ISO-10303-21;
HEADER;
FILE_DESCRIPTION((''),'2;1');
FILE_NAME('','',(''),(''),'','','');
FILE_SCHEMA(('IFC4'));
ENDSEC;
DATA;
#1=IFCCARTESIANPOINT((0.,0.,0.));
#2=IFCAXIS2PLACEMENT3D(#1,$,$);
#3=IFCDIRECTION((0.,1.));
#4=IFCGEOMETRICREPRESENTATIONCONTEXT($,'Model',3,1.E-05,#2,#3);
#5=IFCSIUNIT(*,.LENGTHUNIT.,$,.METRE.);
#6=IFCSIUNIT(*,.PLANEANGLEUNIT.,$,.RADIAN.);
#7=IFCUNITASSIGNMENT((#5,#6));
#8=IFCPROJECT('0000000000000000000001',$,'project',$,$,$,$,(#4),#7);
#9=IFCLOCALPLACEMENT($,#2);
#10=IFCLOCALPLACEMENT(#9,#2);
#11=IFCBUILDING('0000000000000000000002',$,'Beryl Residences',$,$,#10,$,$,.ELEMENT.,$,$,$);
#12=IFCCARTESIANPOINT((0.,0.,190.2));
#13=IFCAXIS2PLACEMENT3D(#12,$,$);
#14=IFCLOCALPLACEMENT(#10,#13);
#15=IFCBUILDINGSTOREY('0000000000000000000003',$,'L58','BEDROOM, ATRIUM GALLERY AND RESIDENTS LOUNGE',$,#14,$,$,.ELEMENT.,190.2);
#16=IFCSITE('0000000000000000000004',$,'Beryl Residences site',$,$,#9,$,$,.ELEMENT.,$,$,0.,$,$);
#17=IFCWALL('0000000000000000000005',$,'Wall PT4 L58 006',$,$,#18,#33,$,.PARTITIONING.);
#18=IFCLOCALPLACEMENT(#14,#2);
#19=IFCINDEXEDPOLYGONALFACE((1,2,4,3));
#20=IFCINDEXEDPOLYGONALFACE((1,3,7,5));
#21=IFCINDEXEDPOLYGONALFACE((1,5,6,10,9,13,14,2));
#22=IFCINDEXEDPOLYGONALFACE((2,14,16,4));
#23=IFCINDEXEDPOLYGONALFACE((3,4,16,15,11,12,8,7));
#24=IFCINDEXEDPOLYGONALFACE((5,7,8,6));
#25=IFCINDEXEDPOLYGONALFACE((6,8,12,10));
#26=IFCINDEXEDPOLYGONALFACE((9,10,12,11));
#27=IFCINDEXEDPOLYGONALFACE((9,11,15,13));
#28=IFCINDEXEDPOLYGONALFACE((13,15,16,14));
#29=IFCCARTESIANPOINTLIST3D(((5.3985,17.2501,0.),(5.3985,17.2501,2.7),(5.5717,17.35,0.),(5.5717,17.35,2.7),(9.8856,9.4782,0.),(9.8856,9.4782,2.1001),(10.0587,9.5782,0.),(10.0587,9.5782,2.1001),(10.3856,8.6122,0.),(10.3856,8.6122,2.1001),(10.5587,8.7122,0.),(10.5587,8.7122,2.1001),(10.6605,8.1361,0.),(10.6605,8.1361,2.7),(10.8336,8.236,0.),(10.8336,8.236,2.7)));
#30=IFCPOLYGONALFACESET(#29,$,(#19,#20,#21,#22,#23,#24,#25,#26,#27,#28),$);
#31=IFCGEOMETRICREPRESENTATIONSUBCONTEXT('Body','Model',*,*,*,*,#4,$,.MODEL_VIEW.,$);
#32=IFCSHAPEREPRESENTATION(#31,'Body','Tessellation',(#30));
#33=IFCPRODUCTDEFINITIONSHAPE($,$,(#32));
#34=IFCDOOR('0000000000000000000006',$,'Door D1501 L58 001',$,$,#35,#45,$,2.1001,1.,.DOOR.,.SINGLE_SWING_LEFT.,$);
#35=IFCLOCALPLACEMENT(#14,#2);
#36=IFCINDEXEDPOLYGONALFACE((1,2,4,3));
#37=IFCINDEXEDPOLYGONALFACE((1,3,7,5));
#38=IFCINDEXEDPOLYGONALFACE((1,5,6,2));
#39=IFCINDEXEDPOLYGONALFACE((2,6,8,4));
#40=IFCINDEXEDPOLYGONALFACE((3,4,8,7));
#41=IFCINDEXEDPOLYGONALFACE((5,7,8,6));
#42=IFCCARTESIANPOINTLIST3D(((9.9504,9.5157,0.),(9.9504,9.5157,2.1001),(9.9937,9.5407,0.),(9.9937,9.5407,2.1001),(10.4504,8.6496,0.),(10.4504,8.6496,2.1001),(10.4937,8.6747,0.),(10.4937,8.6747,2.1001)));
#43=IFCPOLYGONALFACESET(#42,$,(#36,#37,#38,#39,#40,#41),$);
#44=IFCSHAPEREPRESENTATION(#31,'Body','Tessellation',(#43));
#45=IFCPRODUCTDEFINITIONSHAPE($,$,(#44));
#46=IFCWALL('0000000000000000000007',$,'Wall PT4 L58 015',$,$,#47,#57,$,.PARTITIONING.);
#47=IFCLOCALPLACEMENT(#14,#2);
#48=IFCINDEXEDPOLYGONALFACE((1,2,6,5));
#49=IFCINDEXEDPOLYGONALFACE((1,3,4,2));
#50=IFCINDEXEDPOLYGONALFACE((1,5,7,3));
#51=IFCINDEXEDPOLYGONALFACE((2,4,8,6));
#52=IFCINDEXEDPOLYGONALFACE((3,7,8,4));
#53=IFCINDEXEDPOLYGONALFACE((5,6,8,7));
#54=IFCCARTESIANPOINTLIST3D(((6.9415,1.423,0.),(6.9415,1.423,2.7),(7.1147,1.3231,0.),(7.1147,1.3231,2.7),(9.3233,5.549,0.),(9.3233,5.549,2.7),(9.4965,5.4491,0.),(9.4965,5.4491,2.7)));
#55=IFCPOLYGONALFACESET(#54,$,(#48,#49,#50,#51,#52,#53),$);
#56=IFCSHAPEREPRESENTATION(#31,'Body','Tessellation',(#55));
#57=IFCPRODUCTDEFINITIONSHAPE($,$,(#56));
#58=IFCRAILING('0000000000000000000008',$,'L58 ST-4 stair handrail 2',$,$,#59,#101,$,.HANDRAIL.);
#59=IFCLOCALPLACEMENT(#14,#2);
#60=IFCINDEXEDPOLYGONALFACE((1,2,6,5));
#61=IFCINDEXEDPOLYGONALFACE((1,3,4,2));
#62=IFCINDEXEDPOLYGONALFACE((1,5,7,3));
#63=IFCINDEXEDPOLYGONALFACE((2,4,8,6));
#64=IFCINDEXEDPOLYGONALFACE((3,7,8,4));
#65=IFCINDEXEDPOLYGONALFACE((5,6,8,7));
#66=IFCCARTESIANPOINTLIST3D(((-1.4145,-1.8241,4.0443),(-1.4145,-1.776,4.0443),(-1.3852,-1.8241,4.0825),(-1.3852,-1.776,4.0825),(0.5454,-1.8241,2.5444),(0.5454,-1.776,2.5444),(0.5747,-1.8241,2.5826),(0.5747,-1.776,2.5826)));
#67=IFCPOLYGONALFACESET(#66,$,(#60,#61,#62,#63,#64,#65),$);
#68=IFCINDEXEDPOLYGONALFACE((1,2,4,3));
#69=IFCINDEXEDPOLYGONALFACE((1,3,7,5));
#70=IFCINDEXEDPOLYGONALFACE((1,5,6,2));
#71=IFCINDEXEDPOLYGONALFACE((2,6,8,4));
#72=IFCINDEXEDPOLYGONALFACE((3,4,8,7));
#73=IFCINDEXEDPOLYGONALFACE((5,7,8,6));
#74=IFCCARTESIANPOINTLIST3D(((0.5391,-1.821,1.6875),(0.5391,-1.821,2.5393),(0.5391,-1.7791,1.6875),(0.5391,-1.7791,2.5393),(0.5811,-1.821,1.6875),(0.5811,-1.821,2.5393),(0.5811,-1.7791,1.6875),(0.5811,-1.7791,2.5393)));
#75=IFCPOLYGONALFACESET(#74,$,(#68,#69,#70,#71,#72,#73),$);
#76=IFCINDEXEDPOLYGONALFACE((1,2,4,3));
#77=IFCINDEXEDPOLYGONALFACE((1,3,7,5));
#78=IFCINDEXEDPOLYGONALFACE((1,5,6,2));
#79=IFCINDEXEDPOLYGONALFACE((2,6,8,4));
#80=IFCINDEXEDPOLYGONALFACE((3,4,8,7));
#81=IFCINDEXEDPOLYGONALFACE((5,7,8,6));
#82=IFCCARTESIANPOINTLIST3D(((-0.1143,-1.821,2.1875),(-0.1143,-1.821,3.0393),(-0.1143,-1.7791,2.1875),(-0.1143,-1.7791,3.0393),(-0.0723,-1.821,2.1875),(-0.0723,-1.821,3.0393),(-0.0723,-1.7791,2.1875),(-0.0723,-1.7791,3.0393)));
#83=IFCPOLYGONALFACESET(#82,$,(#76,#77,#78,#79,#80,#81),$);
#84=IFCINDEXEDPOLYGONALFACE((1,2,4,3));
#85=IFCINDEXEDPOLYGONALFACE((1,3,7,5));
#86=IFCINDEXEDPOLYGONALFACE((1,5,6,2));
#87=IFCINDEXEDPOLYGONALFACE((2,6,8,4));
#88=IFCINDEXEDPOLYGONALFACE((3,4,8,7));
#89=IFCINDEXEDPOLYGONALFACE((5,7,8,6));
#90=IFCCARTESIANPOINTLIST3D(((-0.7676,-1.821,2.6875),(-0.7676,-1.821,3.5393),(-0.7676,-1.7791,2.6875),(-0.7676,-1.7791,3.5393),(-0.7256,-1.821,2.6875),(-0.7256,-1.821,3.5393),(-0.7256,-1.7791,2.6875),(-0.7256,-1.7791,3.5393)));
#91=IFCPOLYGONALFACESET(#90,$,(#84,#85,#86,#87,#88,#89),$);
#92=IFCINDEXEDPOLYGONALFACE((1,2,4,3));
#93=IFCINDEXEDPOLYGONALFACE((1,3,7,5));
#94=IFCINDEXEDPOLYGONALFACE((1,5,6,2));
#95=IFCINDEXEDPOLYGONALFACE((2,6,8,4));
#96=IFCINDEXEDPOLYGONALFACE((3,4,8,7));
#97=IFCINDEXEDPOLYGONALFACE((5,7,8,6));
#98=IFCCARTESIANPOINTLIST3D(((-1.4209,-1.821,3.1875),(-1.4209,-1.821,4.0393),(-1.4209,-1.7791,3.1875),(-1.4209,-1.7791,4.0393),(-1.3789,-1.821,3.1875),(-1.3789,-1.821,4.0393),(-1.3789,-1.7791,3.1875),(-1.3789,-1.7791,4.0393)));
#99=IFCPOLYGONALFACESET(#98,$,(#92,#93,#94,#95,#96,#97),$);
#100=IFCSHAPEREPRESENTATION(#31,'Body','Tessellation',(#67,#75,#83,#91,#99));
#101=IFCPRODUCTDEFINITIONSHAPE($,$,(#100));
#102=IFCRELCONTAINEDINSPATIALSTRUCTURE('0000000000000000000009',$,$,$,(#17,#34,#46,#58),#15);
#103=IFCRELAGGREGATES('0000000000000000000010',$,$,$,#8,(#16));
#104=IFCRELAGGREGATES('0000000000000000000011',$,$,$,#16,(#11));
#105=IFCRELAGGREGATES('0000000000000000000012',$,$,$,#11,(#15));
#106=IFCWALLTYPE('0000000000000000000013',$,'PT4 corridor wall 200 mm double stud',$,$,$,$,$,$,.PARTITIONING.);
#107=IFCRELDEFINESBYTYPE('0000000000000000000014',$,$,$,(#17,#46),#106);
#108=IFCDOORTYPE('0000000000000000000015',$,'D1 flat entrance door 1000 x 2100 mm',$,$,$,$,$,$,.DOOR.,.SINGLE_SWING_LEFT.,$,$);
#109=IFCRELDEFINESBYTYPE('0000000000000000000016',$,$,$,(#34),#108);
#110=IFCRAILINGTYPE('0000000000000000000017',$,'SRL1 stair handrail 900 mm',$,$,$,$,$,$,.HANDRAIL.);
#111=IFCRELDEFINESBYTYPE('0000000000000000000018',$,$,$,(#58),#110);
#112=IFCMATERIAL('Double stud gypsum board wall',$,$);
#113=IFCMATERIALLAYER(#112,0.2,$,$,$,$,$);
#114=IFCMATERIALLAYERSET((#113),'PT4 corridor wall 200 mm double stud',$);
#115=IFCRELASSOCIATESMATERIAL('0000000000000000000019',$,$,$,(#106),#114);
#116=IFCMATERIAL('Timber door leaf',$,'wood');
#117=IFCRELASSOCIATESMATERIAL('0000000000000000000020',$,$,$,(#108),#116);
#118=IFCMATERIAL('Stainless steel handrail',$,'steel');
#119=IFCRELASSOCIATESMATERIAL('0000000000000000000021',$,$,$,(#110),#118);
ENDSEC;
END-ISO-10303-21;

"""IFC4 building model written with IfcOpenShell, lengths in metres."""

from ifc_helpers import new_model, si_unit, direction, frame, frame_2d, origin, origin_2d, place, context, subcontext, project, spatial, rectangle, extrude, material, layer, layer_set, type_object, element, fill, save


model = new_model("IFC4")

# Units and contexts
model_context = context("Model", 3, precision=1e-05, world=origin(), true_north=direction((0.0, 1.0)))
body_context = subcontext(model_context, "Body", "Model", "MODEL_VIEW")
ifc_project = project(units=[si_unit("LENGTHUNIT", "METRE"), si_unit("PLANEANGLEUNIT", "RADIAN")], contexts=[model_context])

# Site, building, storey
site_placement = place(None, origin())
site = spatial("IfcSite", under=ifc_project, at=site_placement, Name="Beryl Residences site", CompositionType="ELEMENT", RefElevation=0.0)
building_placement = place(site_placement, origin())
building = spatial("IfcBuilding", under=site, at=building_placement, Name="Beryl Residences", CompositionType="ELEMENT")
storey_placement = place(building_placement, frame((0.0, 0.0, 190.2)))
storey = spatial("IfcBuildingStorey", under=building, at=storey_placement, Name="L58", Description="BEDROOM, ATRIUM GALLERY AND RESIDENTS LOUNGE", CompositionType="ELEMENT", Elevation=190.2)

# Shared definitions
ifc_material_1 = material(Name="Double stud gypsum board wall")
ifc_layer_1 = layer(ifc_material_1, 0.2)
ifc_layer_set_1 = layer_set([ifc_layer_1], Name="PT4 corridor wall 200 mm double stud")
wall_type_1 = type_object("IfcWallType", Name="PT4 corridor wall 200 mm double stud", PredefinedType="PARTITIONING", material=ifc_layer_set_1)

# Shared definitions
ifc_material_2 = material(Name="Timber door leaf", Category="wood")
door_type_1 = type_object("IfcDoorType", Name="D1 flat entrance door 1000 x 2100 mm", OperationType="SINGLE_SWING_LEFT", PredefinedType="DOOR", material=ifc_material_2)

# Wall, opening, door
wall_1_placement = place(storey_placement, frame((5.4851, 17.3, 0.0), z_axis=(0.0, 0.0, 1.0), x_axis=(0.499999, -0.866026, 0.0)))
wall_1 = element("IfcWall", 1, at=wall_1_placement, inside=storey, type_object=wall_type_1, Name="Wall PT4 L58 006", PredefinedType="PARTITIONING", context=body_context, shape_type="SweptSolid", body=[
    extrude(rectangle(XDim=10.5239, YDim=0.2, at=frame_2d((5.262, 0.0))), origin(), (0.0, 0.0, 1.0), 2.7),
])
opening_1_placement = place(wall_1_placement, frame((8.9741, 0.0, 0.0)))
opening_1 = element("IfcOpeningElement", 2, at=opening_1_placement, cuts=wall_1, PredefinedType="OPENING", context=body_context, shape_type="SweptSolid", body=[
    extrude(rectangle(XDim=1.0, YDim=2.1001, at=frame_2d((0.5, 1.05))), frame((0.0, 0.1099, 0.0), z_axis=(0.0, -1.0, 0.0), x_axis=(1.0, 0.0, 0.0)), (0.0, 0.0, 1.0), 0.22),
])
door_1_placement = place(opening_1_placement, origin())
door_1 = element("IfcDoor", 3, at=door_1_placement, inside=storey, type_object=door_type_1, Name="Door D1501 L58 001", OperationType="SINGLE_SWING_LEFT", OverallHeight=2.1001, OverallWidth=1.0, PredefinedType="DOOR", context=body_context, shape_type="SweptSolid", body=[
    extrude(rectangle(XDim=1.0, YDim=2.1001, at=frame_2d((0.5, 1.05))), frame((0.0, 0.0249, 0.0), z_axis=(0.0, -1.0, 0.0), x_axis=(1.0, 0.0, 0.0)), (0.0, 0.0, 1.0), 0.05),
])
fill(opening_1, door_1)

# Wall
wall_2_placement = place(storey_placement, frame((7.0281, 1.373, 0.0), z_axis=(0.0, 0.0, 1.0), x_axis=(0.499953, 0.866052, 0.0)))
element("IfcWall", 4, at=wall_2_placement, inside=storey, type_object=wall_type_1, Name="Wall PT4 L58 015", PredefinedType="PARTITIONING", context=body_context, shape_type="SweptSolid", body=[
    extrude(rectangle(XDim=4.7642, YDim=0.2, at=frame_2d((2.3821, 0.0))), origin(), (0.0, 0.0, 1.0), 2.7),
])

# Railing
ifc_material_3 = material(Name="Stainless steel handrail", Category="steel")
railing_type_1 = type_object("IfcRailingType", Name="SRL1 stair handrail 900 mm", PredefinedType="HANDRAIL", material=ifc_material_3)
railing_1_placement = place(storey_placement, frame((0.5601, -1.8, 1.6875)))
element("IfcRailing", 5, at=railing_1_placement, inside=storey, type_object=railing_type_1, Name="L58 ST-4 stair handrail 2", PredefinedType="HANDRAIL", context=body_context, shape_type="SweptSolid", body=[
    extrude(rectangle(XDim=0.0481, YDim=0.0481, at=origin_2d()), frame((0.0, 0.0, 0.876), z_axis=(-0.794122, 0.0, 0.607758), x_axis=(0.0, -1.0, 0.0)), (0.0, 0.0, 1.0), 2.468),
    extrude(rectangle(XDim=0.042, YDim=0.042, at=origin_2d()), origin(), (0.0, 0.0, 1.0), 0.8518),
    extrude(rectangle(XDim=0.042, YDim=0.042, at=origin_2d()), frame((-0.6533, 0.0, 0.5)), (0.0, 0.0, 1.0), 0.8518),
    extrude(rectangle(XDim=0.042, YDim=0.042, at=origin_2d()), frame((-1.3066, 0.0, 1.0)), (0.0, 0.0, 1.0), 0.8518),
    extrude(rectangle(XDim=0.042, YDim=0.042, at=origin_2d()), frame((-1.96, 0.0, 1.5)), (0.0, 0.0, 1.0), 0.8518),
])

save(model, "model.ifc")
